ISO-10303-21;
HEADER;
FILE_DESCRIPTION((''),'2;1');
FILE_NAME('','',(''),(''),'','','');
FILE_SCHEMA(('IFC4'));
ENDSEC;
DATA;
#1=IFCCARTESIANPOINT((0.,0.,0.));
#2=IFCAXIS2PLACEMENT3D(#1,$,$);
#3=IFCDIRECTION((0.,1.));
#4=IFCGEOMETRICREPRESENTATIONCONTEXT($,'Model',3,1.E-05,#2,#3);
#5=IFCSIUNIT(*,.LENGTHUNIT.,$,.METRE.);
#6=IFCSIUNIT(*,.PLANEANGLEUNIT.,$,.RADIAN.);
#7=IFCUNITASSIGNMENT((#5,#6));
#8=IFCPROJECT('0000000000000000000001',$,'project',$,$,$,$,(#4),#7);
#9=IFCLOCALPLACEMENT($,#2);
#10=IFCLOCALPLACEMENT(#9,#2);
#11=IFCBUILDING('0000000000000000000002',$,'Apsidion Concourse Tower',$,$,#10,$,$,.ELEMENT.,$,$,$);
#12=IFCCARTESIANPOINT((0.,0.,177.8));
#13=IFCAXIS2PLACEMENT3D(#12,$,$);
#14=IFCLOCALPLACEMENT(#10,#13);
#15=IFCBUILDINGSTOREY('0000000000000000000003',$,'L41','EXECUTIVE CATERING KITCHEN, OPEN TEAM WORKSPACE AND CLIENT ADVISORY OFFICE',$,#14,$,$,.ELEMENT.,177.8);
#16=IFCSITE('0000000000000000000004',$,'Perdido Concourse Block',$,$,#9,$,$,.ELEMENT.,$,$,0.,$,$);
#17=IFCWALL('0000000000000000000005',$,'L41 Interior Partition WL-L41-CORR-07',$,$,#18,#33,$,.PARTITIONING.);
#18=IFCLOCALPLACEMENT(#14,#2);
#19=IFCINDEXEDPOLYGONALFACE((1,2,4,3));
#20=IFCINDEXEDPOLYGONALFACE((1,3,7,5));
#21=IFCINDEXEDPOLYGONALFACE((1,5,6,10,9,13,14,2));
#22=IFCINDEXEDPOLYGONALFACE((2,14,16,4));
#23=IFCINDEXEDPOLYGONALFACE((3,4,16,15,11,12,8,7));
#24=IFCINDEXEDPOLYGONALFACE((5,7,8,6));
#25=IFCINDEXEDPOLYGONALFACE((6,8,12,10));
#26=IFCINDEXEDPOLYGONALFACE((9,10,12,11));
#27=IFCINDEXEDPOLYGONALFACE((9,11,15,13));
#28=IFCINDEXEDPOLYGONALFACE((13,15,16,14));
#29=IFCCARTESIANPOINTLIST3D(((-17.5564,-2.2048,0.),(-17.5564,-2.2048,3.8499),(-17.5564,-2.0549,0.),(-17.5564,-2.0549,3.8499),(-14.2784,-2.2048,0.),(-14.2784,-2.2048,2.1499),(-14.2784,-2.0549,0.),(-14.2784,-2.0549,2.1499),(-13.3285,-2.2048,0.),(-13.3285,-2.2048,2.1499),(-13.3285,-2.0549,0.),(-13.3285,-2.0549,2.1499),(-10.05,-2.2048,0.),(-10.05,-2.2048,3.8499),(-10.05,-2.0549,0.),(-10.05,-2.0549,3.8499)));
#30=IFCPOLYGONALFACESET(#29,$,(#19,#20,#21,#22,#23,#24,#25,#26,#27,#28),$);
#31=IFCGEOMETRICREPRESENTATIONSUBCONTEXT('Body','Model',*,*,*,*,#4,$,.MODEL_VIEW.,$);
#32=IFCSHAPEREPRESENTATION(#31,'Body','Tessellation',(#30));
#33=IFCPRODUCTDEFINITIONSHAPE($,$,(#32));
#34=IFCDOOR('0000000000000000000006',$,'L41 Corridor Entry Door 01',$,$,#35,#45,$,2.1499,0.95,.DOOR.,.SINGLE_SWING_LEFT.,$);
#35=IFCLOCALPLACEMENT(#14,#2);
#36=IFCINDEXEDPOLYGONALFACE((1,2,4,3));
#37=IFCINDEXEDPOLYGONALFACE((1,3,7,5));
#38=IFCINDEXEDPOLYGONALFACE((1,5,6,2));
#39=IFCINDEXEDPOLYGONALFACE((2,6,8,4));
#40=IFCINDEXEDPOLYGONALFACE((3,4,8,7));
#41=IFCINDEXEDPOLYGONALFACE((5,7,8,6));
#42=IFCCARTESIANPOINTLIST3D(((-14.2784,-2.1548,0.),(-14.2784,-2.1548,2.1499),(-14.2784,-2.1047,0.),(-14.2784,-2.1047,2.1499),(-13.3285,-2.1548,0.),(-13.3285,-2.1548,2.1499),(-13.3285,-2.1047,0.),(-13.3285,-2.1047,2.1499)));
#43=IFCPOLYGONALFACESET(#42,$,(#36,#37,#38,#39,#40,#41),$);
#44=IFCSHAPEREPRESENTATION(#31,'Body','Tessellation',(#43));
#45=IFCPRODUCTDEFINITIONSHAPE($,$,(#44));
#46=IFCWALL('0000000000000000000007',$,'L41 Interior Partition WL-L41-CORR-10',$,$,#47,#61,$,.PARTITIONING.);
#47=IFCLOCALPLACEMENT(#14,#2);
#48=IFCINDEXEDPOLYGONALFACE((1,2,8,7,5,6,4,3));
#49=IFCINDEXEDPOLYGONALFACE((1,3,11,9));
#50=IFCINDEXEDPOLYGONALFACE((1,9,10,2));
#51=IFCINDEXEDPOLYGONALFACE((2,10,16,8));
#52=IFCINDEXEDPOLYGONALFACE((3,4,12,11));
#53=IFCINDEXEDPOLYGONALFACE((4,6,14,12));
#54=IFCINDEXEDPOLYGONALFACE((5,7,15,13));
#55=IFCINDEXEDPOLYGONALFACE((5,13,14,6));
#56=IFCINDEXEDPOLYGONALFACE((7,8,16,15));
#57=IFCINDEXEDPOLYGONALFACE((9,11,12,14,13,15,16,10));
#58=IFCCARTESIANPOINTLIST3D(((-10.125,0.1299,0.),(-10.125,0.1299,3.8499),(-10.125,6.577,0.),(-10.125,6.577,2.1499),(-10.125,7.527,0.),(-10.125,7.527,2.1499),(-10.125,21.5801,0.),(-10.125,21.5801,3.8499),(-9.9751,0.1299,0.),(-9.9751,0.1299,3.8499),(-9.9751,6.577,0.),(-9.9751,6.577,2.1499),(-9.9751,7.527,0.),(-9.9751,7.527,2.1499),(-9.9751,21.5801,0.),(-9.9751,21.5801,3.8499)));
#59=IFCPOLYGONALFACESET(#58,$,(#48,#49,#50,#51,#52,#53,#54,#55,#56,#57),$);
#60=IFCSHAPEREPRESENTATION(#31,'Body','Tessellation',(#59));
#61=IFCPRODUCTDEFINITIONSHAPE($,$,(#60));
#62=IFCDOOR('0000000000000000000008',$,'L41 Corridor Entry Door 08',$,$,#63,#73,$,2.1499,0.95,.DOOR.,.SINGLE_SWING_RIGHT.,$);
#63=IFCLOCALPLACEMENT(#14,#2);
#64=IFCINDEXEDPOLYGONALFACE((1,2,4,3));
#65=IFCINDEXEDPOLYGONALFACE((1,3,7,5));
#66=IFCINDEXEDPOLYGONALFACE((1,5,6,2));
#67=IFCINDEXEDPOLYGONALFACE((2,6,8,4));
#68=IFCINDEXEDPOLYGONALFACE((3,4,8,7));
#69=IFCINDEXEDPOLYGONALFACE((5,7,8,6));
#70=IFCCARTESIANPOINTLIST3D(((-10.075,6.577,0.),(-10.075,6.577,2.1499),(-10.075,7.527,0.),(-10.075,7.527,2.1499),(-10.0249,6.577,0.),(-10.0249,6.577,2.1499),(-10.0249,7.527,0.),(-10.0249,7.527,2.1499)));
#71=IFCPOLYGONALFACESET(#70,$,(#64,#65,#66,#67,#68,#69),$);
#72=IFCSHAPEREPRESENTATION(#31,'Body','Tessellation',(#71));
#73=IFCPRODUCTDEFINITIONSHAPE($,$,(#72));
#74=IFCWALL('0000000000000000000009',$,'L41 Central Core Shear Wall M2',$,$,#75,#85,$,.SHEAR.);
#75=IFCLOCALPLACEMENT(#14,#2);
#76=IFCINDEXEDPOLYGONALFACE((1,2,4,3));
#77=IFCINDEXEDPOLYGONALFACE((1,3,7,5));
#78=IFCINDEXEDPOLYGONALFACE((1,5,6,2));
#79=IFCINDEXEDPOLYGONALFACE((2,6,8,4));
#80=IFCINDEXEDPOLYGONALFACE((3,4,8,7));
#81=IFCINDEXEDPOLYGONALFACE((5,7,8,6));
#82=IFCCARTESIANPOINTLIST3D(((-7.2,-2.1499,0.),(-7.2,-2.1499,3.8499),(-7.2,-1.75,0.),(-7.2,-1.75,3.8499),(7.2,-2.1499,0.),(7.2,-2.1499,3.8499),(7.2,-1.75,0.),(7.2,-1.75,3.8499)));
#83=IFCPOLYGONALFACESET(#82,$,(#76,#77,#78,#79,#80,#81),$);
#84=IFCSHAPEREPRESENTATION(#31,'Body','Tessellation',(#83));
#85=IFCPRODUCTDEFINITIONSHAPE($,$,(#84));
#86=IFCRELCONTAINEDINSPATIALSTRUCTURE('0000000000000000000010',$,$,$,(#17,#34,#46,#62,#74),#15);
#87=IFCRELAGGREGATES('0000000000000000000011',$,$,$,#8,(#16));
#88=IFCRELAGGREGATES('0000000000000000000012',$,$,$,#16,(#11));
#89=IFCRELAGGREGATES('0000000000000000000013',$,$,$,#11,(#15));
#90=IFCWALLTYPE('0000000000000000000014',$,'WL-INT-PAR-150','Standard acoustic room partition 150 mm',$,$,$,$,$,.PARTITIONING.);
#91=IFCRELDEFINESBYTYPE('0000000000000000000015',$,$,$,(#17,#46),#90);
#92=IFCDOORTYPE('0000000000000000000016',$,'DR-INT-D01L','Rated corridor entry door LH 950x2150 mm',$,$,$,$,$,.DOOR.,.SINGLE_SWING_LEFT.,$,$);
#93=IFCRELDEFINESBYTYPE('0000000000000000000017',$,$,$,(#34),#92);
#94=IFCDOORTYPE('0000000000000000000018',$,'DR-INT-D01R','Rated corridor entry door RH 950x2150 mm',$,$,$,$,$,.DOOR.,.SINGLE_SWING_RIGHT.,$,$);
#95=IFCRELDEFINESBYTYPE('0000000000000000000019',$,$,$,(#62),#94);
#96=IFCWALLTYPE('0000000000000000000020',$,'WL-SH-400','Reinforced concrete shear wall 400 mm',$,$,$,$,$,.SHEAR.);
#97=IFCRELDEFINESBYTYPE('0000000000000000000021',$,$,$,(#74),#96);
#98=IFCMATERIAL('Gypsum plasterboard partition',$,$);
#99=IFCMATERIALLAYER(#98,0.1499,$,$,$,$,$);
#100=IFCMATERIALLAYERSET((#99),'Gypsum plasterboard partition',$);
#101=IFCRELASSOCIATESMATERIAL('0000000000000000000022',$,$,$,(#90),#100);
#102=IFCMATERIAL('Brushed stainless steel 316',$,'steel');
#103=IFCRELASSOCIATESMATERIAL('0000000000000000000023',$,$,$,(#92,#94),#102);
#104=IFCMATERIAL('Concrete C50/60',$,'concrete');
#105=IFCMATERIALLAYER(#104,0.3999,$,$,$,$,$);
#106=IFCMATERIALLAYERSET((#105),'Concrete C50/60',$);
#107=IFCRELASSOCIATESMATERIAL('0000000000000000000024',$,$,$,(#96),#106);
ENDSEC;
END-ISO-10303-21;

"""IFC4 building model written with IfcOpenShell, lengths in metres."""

from ifc_helpers import new_model, si_unit, direction, frame, frame_2d, origin, place, context, subcontext, project, spatial, rectangle, extrude, material, layer, layer_set, type_object, element, fill, save


model = new_model("IFC4")

# Units and contexts
model_context = context("Model", 3, precision=1e-05, world=origin(), true_north=direction((0.0, 1.0)))
body_context = subcontext(model_context, "Body", "Model", "MODEL_VIEW")
ifc_project = project(units=[si_unit("LENGTHUNIT", "METRE"), si_unit("PLANEANGLEUNIT", "RADIAN")], contexts=[model_context])

# Site, building, storey
site_placement = place(None, origin())
site = spatial("IfcSite", under=ifc_project, at=site_placement, Name="Perdido Concourse Block", CompositionType="ELEMENT", RefElevation=0.0)
building_placement = place(site_placement, origin())
building = spatial("IfcBuilding", under=site, at=building_placement, Name="Apsidion Concourse Tower", CompositionType="ELEMENT")
storey_placement = place(building_placement, frame((0.0, 0.0, 177.8)))
storey = spatial("IfcBuildingStorey", under=building, at=storey_placement, Name="L41", Description="EXECUTIVE CATERING KITCHEN, OPEN TEAM WORKSPACE AND CLIENT ADVISORY OFFICE", CompositionType="ELEMENT", Elevation=177.8)

# Shared definitions
ifc_material_1 = material(Name="Concrete C50/60", Category="concrete")

# Shared definitions
ifc_material_2 = material(Name="Gypsum plasterboard partition")
ifc_layer_1 = layer(ifc_material_2, 0.1499)
ifc_layer_set_1 = layer_set([ifc_layer_1], Name="Gypsum plasterboard partition")
wall_type_1 = type_object("IfcWallType", Name="WL-INT-PAR-150", Description="Standard acoustic room partition 150 mm", PredefinedType="PARTITIONING", material=ifc_layer_set_1)

# Walls, openings, doors
wall_1_placement = place(storey_placement, frame((-10.05, -2.1299, 0.0), z_axis=(0.0, 0.0, 1.0), x_axis=(-1.0, 0.0, 0.0)))
wall_1 = element("IfcWall", 1, at=wall_1_placement, inside=storey, type_object=wall_type_1, Name="L41 Interior Partition WL-L41-CORR-07", PredefinedType="PARTITIONING", context=body_context, shape_type="SweptSolid", body=[
    extrude(rectangle(XDim=7.5063, YDim=0.1499, at=frame_2d((3.7532, 0.0))), origin(), (0.0, 0.0, 1.0), 3.8499),
])
opening_1_placement = place(wall_1_placement, frame((3.2783, 0.0, 0.0)))
opening_1 = element("IfcOpeningElement", 2, at=opening_1_placement, cuts=wall_1, PredefinedType="OPENING", context=body_context, shape_type="SweptSolid", body=[
    extrude(rectangle(XDim=0.95, YDim=2.1499, at=frame_2d((0.4751, 1.075))), frame((0.0, 0.085, 0.0), z_axis=(0.0, -1.0, 0.0), x_axis=(1.0, 0.0, 0.0)), (0.0, 0.0, 1.0), 0.1699),
])
ifc_material_3 = material(Name="Brushed stainless steel 316", Category="steel")
door_type_1 = type_object("IfcDoorType", Name="DR-INT-D01L", Description="Rated corridor entry door LH 950x2150 mm", OperationType="SINGLE_SWING_LEFT", PredefinedType="DOOR", material=ifc_material_3)
door_1_placement = place(opening_1_placement, origin())
door_1 = element("IfcDoor", 3, at=door_1_placement, inside=storey, type_object=door_type_1, Name="L41 Corridor Entry Door 01", OperationType="SINGLE_SWING_LEFT", OverallHeight=2.1499, OverallWidth=0.95, PredefinedType="DOOR", context=body_context, shape_type="SweptSolid", body=[
    extrude(rectangle(XDim=0.95, YDim=2.1499, at=frame_2d((0.4751, 1.075))), frame((0.0, 0.0249, 0.0), z_axis=(0.0, -1.0, 0.0), x_axis=(1.0, 0.0, 0.0)), (0.0, 0.0, 1.0), 0.05),
])
fill(opening_1, door_1)
wall_2_placement = place(storey_placement, frame((-10.05, 0.1299, 0.0), z_axis=(0.0, 0.0, 1.0), x_axis=(0.0, 1.0, 0.0)))
wall_2 = element("IfcWall", 4, at=wall_2_placement, inside=storey, type_object=wall_type_1, Name="L41 Interior Partition WL-L41-CORR-10", PredefinedType="PARTITIONING", context=body_context, shape_type="SweptSolid", body=[
    extrude(rectangle(XDim=21.4502, YDim=0.1499, at=frame_2d((10.7251, 0.0))), origin(), (0.0, 0.0, 1.0), 3.8499),
])
opening_2_placement = place(wall_2_placement, frame((6.447, 0.0, 0.0)))
opening_2 = element("IfcOpeningElement", 5, at=opening_2_placement, cuts=wall_2, PredefinedType="OPENING", context=body_context, shape_type="SweptSolid", body=[
    extrude(rectangle(XDim=0.95, YDim=2.1499, at=frame_2d((0.4751, 1.075))), frame((0.0, 0.085, 0.0), z_axis=(0.0, -1.0, 0.0), x_axis=(1.0, 0.0, 0.0)), (0.0, 0.0, 1.0), 0.1699),
])
door_type_2 = type_object("IfcDoorType", Name="DR-INT-D01R", Description="Rated corridor entry door RH 950x2150 mm", OperationType="SINGLE_SWING_RIGHT", PredefinedType="DOOR", material=ifc_material_3)
door_2_placement = place(opening_2_placement, origin())
door_2 = element("IfcDoor", 6, at=door_2_placement, inside=storey, type_object=door_type_2, Name="L41 Corridor Entry Door 08", OperationType="SINGLE_SWING_RIGHT", OverallHeight=2.1499, OverallWidth=0.95, PredefinedType="DOOR", context=body_context, shape_type="SweptSolid", body=[
    extrude(rectangle(XDim=0.95, YDim=2.1499, at=frame_2d((0.4751, 1.075))), frame((0.0, 0.0249, 0.0), z_axis=(0.0, -1.0, 0.0), x_axis=(1.0, 0.0, 0.0)), (0.0, 0.0, 1.0), 0.05),
])
fill(opening_2, door_2)

# Wall
ifc_layer_2 = layer(ifc_material_1, 0.3999)
ifc_layer_set_2 = layer_set([ifc_layer_2], Name="Concrete C50/60")
wall_type_2 = type_object("IfcWallType", Name="WL-SH-400", Description="Reinforced concrete shear wall 400 mm", PredefinedType="SHEAR", material=ifc_layer_set_2)
wall_3_placement = place(storey_placement, frame((-7.2, -1.95, 0.0), z_axis=(0.0, 0.0, 1.0), x_axis=(1.0, 0.0, 0.0)))
element("IfcWall", 7, at=wall_3_placement, inside=storey, type_object=wall_type_2, Name="L41 Central Core Shear Wall M2", PredefinedType="SHEAR", context=body_context, shape_type="SweptSolid", body=[
    extrude(rectangle(XDim=14.3999, YDim=0.3999, at=frame_2d((7.2, 0.0))), origin(), (0.0, 0.0, 1.0), 3.8499),
])

save(model, "model.ifc")
